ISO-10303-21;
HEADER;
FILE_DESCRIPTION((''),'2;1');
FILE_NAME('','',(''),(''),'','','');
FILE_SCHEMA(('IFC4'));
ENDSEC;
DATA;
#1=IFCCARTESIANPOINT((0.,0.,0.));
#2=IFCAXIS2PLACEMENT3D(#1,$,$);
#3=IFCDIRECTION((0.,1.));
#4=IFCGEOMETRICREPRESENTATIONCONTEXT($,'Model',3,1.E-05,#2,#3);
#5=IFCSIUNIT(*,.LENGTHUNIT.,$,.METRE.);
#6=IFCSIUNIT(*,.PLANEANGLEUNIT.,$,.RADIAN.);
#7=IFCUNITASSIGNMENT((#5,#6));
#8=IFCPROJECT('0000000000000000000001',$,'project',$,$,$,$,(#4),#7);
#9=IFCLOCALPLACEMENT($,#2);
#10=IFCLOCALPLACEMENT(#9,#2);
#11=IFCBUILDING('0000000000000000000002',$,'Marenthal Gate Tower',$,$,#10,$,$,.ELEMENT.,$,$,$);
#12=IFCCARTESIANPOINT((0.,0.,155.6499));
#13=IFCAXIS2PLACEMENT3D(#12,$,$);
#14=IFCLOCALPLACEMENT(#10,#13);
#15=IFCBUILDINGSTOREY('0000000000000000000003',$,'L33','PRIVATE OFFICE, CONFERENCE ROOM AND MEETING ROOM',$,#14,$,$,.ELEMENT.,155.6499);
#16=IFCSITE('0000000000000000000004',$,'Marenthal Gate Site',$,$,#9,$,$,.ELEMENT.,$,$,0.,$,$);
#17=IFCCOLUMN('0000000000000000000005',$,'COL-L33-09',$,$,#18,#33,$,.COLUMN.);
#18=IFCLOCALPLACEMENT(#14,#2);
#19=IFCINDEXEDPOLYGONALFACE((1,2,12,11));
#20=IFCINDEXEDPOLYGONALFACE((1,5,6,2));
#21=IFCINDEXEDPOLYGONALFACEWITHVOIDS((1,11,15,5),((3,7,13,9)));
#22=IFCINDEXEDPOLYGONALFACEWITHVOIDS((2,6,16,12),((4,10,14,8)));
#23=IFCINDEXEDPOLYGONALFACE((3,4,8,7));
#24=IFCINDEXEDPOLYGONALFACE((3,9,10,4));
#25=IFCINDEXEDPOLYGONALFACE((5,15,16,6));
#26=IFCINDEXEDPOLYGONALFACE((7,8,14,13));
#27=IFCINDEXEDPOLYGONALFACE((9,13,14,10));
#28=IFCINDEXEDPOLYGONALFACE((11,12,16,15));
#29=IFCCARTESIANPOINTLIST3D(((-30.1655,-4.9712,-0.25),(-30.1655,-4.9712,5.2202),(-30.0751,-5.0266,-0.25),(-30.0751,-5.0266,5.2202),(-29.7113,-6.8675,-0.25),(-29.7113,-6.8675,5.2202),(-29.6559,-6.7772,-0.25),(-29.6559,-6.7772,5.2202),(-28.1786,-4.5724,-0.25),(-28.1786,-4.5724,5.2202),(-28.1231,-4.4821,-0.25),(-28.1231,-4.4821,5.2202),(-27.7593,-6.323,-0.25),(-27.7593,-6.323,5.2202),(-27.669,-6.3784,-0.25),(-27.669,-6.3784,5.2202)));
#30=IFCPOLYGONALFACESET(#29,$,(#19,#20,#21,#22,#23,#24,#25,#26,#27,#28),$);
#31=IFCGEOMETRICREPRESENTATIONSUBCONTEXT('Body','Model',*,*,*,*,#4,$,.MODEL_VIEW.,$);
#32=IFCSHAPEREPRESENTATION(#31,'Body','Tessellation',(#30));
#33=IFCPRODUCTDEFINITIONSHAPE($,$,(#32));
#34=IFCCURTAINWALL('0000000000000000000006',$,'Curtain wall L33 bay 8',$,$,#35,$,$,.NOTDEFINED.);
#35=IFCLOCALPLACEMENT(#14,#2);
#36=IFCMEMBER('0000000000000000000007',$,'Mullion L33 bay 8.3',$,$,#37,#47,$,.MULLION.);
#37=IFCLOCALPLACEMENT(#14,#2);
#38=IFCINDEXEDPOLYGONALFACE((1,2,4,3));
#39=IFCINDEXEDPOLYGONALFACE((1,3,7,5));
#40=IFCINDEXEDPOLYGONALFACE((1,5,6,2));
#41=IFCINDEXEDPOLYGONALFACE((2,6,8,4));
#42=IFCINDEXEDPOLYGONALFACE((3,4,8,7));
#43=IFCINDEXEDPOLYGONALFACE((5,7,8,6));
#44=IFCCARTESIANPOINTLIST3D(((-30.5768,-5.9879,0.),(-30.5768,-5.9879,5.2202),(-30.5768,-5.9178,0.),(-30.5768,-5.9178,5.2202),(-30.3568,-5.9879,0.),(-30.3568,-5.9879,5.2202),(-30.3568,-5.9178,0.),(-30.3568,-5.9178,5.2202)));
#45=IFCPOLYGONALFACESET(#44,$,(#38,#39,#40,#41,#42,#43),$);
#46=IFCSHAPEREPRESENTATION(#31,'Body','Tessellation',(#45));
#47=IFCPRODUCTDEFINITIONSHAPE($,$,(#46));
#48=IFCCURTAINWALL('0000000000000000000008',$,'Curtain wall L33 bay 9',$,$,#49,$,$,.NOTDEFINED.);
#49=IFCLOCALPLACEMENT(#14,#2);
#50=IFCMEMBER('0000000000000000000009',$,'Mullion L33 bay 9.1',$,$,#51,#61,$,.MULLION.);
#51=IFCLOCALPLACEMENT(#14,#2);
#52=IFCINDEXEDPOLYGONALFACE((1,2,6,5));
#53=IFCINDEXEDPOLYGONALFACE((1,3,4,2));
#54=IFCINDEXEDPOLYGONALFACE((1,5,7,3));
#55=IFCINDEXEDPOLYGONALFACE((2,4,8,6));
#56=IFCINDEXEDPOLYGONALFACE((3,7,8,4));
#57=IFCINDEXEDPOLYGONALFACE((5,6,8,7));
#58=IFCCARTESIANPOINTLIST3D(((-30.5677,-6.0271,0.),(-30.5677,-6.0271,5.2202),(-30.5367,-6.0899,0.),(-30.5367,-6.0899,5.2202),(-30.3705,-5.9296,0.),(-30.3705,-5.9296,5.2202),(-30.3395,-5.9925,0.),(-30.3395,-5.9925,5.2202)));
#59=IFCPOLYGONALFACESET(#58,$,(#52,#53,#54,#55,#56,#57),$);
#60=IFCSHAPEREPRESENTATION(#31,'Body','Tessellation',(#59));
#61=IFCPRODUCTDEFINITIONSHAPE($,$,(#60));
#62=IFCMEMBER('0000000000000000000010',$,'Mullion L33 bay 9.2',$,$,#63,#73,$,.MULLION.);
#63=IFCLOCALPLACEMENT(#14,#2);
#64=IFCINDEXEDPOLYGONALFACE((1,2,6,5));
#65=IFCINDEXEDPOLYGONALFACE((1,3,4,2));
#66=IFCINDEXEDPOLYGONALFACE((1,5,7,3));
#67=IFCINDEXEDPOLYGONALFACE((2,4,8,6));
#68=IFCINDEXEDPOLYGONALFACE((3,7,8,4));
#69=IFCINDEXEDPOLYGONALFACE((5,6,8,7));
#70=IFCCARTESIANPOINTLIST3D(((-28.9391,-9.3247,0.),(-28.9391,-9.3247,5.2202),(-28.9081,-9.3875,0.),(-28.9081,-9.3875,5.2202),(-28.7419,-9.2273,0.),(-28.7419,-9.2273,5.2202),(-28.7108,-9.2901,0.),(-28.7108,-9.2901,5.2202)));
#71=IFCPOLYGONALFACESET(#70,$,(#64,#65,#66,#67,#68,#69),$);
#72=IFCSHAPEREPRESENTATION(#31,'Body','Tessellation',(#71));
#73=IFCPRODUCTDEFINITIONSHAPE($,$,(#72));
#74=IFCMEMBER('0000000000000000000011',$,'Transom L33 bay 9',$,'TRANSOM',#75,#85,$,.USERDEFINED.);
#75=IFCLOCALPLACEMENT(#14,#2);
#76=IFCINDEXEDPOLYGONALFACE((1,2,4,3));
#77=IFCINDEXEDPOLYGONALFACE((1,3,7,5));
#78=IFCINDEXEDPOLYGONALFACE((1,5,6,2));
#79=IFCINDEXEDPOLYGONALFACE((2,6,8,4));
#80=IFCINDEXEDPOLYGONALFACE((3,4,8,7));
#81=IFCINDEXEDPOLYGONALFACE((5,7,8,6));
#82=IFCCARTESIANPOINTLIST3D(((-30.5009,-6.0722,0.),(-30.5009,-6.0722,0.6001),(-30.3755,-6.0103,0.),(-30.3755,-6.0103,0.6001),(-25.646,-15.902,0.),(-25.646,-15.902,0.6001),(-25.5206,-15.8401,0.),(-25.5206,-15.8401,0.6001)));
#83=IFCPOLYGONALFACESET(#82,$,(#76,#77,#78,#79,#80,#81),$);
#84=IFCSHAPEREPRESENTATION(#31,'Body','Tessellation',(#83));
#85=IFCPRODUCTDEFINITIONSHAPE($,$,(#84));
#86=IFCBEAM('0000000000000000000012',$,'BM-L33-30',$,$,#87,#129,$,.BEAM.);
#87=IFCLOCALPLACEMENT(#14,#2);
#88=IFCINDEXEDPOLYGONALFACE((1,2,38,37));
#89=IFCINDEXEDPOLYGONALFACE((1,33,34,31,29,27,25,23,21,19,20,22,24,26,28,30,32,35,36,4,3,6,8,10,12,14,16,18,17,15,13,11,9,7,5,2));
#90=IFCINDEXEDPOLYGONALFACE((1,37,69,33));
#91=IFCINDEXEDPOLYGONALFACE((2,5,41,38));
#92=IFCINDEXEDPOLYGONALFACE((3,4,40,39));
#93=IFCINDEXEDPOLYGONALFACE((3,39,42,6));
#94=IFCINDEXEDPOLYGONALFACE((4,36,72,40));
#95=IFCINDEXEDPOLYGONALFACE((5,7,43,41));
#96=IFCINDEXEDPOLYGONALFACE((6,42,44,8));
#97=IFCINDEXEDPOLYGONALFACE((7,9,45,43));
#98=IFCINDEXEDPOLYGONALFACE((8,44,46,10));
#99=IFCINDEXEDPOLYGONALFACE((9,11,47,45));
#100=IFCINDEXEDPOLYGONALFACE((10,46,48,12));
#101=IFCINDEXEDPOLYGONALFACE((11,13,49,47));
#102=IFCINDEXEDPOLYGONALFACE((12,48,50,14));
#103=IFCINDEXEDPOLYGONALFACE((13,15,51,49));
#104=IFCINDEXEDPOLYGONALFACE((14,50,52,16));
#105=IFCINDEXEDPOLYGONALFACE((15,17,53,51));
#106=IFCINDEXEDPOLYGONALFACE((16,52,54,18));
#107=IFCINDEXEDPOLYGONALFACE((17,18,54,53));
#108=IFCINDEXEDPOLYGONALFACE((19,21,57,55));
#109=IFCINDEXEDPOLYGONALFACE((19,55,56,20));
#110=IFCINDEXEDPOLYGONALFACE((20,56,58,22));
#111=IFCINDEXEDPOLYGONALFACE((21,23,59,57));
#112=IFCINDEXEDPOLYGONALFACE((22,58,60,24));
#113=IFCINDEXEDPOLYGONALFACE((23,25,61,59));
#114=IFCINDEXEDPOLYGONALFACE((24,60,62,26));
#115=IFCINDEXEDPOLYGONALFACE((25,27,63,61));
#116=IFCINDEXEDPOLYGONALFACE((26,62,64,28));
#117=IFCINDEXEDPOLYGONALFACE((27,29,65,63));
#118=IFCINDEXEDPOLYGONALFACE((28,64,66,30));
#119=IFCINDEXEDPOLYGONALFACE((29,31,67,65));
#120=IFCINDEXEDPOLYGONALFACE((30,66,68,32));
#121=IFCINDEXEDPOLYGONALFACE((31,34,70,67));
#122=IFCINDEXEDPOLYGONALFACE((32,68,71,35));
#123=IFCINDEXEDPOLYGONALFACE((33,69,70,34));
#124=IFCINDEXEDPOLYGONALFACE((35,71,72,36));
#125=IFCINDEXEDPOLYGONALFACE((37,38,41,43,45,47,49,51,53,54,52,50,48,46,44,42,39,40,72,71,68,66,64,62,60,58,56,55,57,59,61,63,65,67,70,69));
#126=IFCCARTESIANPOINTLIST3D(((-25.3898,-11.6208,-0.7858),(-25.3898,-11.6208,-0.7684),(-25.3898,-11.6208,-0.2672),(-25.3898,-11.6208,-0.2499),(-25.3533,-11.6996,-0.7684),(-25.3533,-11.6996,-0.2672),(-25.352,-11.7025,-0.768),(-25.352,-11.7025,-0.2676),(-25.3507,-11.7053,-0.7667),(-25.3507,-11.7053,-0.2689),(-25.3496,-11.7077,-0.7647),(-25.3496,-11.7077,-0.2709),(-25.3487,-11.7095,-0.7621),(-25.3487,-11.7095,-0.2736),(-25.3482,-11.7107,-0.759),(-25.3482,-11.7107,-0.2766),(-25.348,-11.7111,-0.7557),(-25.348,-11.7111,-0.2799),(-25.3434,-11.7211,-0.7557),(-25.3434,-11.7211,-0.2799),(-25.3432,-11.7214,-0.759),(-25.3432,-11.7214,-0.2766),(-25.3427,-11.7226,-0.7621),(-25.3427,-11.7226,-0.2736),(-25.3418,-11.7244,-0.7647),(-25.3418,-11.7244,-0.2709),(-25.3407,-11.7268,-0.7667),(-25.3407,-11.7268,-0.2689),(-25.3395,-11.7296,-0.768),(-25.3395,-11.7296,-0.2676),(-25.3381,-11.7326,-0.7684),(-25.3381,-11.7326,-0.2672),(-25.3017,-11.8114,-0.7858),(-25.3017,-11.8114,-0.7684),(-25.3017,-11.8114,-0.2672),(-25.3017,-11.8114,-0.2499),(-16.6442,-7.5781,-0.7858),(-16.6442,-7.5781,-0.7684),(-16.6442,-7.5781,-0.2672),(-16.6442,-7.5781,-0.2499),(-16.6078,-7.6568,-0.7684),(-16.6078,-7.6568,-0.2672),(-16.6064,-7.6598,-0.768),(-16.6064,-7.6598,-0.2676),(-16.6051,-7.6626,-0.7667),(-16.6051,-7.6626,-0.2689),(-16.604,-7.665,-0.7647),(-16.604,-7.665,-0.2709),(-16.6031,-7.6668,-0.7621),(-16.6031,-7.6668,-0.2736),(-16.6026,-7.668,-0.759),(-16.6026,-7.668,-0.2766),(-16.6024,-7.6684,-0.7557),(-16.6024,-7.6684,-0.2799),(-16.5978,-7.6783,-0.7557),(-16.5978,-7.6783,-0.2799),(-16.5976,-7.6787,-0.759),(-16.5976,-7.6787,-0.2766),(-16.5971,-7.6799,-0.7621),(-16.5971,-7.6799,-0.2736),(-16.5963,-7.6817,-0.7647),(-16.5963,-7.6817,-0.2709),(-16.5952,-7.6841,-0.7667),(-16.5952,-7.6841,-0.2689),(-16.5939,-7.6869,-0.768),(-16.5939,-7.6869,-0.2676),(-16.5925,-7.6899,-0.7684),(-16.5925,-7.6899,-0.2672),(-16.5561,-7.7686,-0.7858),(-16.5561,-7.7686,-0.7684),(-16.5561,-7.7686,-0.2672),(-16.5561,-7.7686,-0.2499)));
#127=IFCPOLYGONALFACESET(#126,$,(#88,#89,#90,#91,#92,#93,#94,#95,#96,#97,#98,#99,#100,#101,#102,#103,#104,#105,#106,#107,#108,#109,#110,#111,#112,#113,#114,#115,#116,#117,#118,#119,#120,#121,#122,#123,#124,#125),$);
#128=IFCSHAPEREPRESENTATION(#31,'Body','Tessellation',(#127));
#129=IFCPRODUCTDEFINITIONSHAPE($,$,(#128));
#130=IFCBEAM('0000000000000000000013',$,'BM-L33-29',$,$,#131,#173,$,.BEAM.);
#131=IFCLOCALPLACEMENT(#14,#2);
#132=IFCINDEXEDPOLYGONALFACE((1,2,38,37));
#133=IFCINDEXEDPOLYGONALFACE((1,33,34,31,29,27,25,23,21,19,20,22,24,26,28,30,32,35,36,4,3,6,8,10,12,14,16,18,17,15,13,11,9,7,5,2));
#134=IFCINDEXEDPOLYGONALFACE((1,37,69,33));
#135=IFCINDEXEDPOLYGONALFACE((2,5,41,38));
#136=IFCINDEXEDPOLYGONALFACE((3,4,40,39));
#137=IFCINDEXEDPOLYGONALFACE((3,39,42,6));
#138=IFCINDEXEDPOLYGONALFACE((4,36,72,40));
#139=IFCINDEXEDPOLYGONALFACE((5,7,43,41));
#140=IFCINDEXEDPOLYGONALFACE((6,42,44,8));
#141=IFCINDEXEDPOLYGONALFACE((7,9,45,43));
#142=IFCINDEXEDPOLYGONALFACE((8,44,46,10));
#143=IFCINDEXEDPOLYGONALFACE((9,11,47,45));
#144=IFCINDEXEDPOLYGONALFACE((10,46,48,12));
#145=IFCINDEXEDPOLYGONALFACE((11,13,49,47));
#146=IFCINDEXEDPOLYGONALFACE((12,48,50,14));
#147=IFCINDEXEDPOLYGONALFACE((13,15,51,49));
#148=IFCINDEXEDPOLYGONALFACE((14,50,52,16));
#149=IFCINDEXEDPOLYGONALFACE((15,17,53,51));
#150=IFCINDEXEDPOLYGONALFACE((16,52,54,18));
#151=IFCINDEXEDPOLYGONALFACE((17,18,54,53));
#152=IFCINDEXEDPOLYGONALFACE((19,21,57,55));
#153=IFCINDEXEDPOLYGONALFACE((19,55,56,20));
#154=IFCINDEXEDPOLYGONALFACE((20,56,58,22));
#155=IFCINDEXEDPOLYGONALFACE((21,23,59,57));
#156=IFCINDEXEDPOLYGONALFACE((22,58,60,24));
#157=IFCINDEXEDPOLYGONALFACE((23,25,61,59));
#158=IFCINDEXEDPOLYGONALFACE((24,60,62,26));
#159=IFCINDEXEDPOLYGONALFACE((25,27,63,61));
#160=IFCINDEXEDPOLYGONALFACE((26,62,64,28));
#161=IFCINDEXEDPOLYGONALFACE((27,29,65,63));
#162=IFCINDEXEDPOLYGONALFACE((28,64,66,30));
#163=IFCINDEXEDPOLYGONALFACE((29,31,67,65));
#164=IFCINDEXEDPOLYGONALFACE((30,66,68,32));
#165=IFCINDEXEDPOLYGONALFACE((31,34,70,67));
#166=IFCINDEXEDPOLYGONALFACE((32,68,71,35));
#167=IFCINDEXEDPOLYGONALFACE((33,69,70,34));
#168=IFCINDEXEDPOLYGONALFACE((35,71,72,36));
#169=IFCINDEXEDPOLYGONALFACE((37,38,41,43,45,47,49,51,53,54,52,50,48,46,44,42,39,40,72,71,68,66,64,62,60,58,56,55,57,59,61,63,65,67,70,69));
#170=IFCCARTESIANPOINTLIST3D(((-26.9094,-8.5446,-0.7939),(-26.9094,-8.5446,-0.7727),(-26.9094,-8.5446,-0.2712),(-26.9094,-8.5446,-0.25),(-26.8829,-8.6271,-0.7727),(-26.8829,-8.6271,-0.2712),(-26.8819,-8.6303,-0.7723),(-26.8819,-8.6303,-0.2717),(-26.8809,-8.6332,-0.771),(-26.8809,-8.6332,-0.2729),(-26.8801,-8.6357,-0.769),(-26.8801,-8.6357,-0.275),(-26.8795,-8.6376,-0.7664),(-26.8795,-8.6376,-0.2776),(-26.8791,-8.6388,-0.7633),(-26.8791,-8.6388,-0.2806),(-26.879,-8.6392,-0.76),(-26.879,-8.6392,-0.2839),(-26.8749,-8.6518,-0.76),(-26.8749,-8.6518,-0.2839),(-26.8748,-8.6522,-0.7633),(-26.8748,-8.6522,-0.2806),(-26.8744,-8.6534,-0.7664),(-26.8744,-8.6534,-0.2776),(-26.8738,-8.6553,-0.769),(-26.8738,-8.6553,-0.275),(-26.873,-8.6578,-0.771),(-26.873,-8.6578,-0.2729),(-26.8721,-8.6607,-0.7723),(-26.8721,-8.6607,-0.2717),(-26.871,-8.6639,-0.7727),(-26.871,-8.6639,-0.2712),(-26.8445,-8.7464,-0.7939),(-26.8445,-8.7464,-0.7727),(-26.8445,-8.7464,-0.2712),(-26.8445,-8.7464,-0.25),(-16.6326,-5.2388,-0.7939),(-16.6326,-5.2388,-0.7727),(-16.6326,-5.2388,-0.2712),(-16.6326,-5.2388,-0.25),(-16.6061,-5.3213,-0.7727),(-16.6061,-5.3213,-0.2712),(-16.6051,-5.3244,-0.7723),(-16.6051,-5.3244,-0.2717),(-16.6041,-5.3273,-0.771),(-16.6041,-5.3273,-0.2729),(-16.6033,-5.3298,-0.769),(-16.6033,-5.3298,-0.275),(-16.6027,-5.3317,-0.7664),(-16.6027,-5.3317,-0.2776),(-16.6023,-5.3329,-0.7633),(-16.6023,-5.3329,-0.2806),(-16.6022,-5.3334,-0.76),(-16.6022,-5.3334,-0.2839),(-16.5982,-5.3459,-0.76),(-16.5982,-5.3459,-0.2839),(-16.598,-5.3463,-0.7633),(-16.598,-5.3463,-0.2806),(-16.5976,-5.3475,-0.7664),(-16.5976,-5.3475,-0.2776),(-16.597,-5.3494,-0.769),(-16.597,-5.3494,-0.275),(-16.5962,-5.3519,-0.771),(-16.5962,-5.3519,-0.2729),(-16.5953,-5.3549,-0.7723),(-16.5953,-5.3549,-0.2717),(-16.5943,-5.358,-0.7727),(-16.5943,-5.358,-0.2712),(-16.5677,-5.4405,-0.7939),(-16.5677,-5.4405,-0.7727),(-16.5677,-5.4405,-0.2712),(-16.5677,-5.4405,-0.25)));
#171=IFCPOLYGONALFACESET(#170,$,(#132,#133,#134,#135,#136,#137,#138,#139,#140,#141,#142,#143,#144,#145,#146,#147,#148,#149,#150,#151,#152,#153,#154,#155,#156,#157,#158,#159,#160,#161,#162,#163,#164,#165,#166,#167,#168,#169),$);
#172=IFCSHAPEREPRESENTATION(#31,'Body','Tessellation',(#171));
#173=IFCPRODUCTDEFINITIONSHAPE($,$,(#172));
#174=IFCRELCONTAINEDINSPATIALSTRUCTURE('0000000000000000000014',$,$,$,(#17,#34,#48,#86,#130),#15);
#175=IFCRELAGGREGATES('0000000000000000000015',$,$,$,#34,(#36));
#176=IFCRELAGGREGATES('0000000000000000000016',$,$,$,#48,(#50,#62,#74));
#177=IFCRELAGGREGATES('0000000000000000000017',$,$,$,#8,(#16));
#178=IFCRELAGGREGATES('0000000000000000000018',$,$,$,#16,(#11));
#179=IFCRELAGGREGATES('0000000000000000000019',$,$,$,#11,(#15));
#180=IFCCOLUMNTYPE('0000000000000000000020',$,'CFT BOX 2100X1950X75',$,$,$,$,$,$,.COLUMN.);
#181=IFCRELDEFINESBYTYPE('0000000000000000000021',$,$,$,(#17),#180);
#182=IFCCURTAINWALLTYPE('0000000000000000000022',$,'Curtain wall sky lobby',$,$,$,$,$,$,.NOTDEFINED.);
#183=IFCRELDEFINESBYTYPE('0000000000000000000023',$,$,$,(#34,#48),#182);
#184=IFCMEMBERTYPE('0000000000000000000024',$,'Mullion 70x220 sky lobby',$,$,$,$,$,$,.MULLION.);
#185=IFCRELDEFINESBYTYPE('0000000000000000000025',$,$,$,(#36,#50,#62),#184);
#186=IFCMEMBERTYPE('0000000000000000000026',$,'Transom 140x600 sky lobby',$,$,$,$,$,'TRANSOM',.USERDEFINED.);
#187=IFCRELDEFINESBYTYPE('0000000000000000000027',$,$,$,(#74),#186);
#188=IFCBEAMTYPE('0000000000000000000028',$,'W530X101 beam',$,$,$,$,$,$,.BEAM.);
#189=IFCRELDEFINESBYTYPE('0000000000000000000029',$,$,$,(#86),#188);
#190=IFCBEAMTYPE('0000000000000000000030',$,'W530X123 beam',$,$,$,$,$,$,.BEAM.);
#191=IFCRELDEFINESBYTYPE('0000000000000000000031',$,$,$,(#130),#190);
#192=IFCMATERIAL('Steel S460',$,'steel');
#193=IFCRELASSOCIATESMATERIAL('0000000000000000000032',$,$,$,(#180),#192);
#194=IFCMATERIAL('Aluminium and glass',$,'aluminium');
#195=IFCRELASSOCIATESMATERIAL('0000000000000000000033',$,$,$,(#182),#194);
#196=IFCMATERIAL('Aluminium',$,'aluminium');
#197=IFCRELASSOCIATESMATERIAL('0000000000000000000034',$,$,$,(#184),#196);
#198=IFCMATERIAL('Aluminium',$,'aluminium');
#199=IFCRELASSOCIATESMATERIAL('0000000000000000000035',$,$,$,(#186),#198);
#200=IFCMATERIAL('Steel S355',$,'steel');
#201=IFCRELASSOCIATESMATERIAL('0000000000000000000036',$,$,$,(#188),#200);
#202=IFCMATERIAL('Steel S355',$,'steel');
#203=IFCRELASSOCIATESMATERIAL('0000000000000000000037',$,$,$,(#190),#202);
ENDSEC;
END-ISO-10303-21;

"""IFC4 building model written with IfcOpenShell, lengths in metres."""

from ifc_helpers import new_model, si_unit, direction, frame, origin, origin_2d, place, context, subcontext, project, spatial, rectangle, hollow_rectangle, i_section, extrude, material, material_profile, profile_set, type_object, element, aggregate, save


model = new_model("IFC4")

# Units and contexts
model_context = context("Model", 3, precision=1e-05, world=origin(), true_north=direction((0.0, 1.0)))
body_context = subcontext(model_context, "Body", "Model", "MODEL_VIEW")
ifc_project = project(units=[si_unit("LENGTHUNIT", "METRE"), si_unit("PLANEANGLEUNIT", "RADIAN")], contexts=[model_context])

# Site, building, storey
site_placement = place(None, origin())
site = spatial("IfcSite", under=ifc_project, at=site_placement, Name="Marenthal Gate Site", CompositionType="ELEMENT", RefElevation=0.0)
building_placement = place(site_placement, origin())
building = spatial("IfcBuilding", under=site, at=building_placement, Name="Marenthal Gate Tower", CompositionType="ELEMENT")
storey_placement = place(building_placement, frame((0.0, 0.0, 155.6499)))
storey = spatial("IfcBuildingStorey", under=building, at=storey_placement, Name="L33", Description="PRIVATE OFFICE, CONFERENCE ROOM AND MEETING ROOM", CompositionType="ELEMENT", Elevation=155.6499)

# Column
ifc_material_1 = material(Name="Steel S460", Category="steel")
ifc_material_profile_1 = material_profile(ifc_material_1, hollow_rectangle(XDim=1.95, YDim=2.1001, WallThickness=0.075, at=origin_2d()), Name="CFT BOX 2100X1950X75")
ifc_material_2 = material(Name="Concrete 70 MPa", Category="concrete")
ifc_material_profile_2 = material_profile(ifc_material_2, rectangle(XDim=1.8, YDim=1.95, at=origin_2d()), Name="CFT BOX 2100X1950X75 INFILL")
ifc_profile_set_1 = profile_set([ifc_material_profile_1, ifc_material_profile_2], Name="Steel S460 shell, Concrete 70 MPa infill")
column_type = type_object("IfcColumnType", Name="CFT BOX 2100X1950X75", PredefinedType="COLUMN", material=ifc_profile_set_1)
column_placement = place(storey_placement, frame((-28.9172, -5.6748, -0.25), z_axis=(0.0, 0.0, 1.0), x_axis=(-0.232909, 0.972499, 0.0)))
element("IfcColumn", 1, at=column_placement, inside=storey, type_object=column_type, Name="COL-L33-09", PredefinedType="COLUMN", context=body_context, shape_type="SweptSolid", body=[
    extrude(hollow_rectangle(XDim=1.95, YDim=2.1001, WallThickness=0.075, at=origin_2d()), origin(), (0.0, 0.0, 1.0), 5.4702),
])

# Curtain wall, member
ifc_material_3 = material(Name="Aluminium and glass", Category="aluminium")
curtain_wall_type = type_object("IfcCurtainWallType", Name="Curtain wall sky lobby", PredefinedType="NOTDEFINED", material=ifc_material_3)
curtain_wall_1_placement = place(storey_placement, origin())
curtain_wall_1 = element("IfcCurtainWall", 2, at=curtain_wall_1_placement, inside=storey, type_object=curtain_wall_type, Name="Curtain wall L33 bay 8", PredefinedType="NOTDEFINED")
ifc_material_4 = material(Name="Aluminium", Category="aluminium")
ifc_material_profile_3 = material_profile(ifc_material_4, rectangle(XDim=0.22, YDim=0.0701, at=origin_2d()), Name="70x220 aluminium mullion")
ifc_profile_set_2 = profile_set([ifc_material_profile_3], Name="Aluminium")
member_type_1 = type_object("IfcMemberType", Name="Mullion 70x220 sky lobby", PredefinedType="MULLION", material=ifc_profile_set_2)
member_1_placement = place(storey_placement, frame((-30.4668, -5.9529, 0.0), z_axis=(0.0, 0.0, 1.0), x_axis=(1.0, 0.0, 0.0)))
member_1 = element("IfcMember", 3, at=member_1_placement, type_object=member_type_1, Name="Mullion L33 bay 8.3", PredefinedType="MULLION", context=body_context, shape_type="SweptSolid", body=[
    extrude(rectangle(XDim=0.22, YDim=0.0701, at=origin_2d()), origin(), (0.0, 0.0, 1.0), 5.2202),
])

# Curtain wall, members
curtain_wall_2_placement = place(storey_placement, origin())
curtain_wall_2 = element("IfcCurtainWall", 4, at=curtain_wall_2_placement, inside=storey, type_object=curtain_wall_type, Name="Curtain wall L33 bay 9", PredefinedType="NOTDEFINED")
member_2_placement = place(storey_placement, frame((-30.4536, -6.0098, 0.0), z_axis=(0.0, 0.0, 1.0), x_axis=(0.896609, 0.442824, 0.0)))
member_2 = element("IfcMember", 5, at=member_2_placement, type_object=member_type_1, Name="Mullion L33 bay 9.1", PredefinedType="MULLION", context=body_context, shape_type="SweptSolid", body=[
    extrude(rectangle(XDim=0.22, YDim=0.0701, at=origin_2d()), origin(), (0.0, 0.0, 1.0), 5.2202),
])
member_3_placement = place(storey_placement, frame((-28.825, -9.3074, 0.0), z_axis=(0.0, 0.0, 1.0), x_axis=(0.896609, 0.442824, 0.0)))
member_3 = element("IfcMember", 6, at=member_3_placement, type_object=member_type_1, Name="Mullion L33 bay 9.2", PredefinedType="MULLION", context=body_context, shape_type="SweptSolid", body=[
    extrude(rectangle(XDim=0.22, YDim=0.0701, at=origin_2d()), origin(), (0.0, 0.0, 1.0), 5.2202),
])
ifc_material_5 = material(Name="Aluminium", Category="aluminium")
ifc_material_profile_4 = material_profile(ifc_material_5, rectangle(XDim=0.1399, YDim=0.6001, at=origin_2d()), Name="140x600 aluminium transom")
ifc_profile_set_3 = profile_set([ifc_material_profile_4], Name="Aluminium")
member_type_2 = type_object("IfcMemberType", Name="Transom 140x600 sky lobby", ElementType="TRANSOM", PredefinedType="USERDEFINED", material=ifc_profile_set_3)
member_4_placement = place(storey_placement, frame((-30.4382, -6.0413, 0.3), z_axis=(0.442835, -0.896603, 0.0), x_axis=(0.896603, 0.442835, 0.0)))
member_4 = element("IfcMember", 7, at=member_4_placement, type_object=member_type_2, Name="Transom L33 bay 9", ObjectType="TRANSOM", PredefinedType="USERDEFINED", context=body_context, shape_type="SweptSolid", body=[
    extrude(rectangle(XDim=0.1399, YDim=0.6001, at=origin_2d()), origin(), (0.0, 0.0, 1.0), 10.9634),
])

# Beams
ifc_material_6 = material(Name="Steel S355", Category="steel")
ifc_material_profile_5 = material_profile(ifc_material_6, i_section(OverallWidth=0.21, OverallDepth=0.5359, WebThickness=0.011, FlangeThickness=0.0173, FilletRadius=0.0127, at=origin_2d()), Name="W530X101")
ifc_profile_set_4 = profile_set([ifc_material_profile_5], Name="Steel S355")
beam_type_1 = type_object("IfcBeamType", Name="W530X101 beam", PredefinedType="BEAM", material=ifc_profile_set_4)
beam_1_placement = place(storey_placement, frame((-25.3457, -11.7161, -0.5178), z_axis=(0.907711, 0.419596, 0.0), x_axis=(-0.419596, 0.907711, 0.0)))
element("IfcBeam", 8, at=beam_1_placement, inside=storey, type_object=beam_type_1, Name="BM-L33-30", PredefinedType="BEAM", context=body_context, shape_type="SweptSolid", body=[
    extrude(i_section(OverallWidth=0.21, OverallDepth=0.5359, WebThickness=0.011, FlangeThickness=0.0173, FilletRadius=0.0127, at=origin_2d()), origin(), (0.0, 0.0, 1.0), 9.6348),
])
ifc_material_7 = material(Name="Steel S355", Category="steel")
ifc_material_profile_6 = material_profile(ifc_material_7, i_section(OverallWidth=0.2119, OverallDepth=0.5439, WebThickness=0.0132, FlangeThickness=0.0212, FilletRadius=0.0127, at=origin_2d()), Name="W530X123")
ifc_profile_set_5 = profile_set([ifc_material_profile_6], Name="Steel S355")
beam_type_2 = type_object("IfcBeamType", Name="W530X123 beam", PredefinedType="BEAM", material=ifc_profile_set_5)
beam_2_placement = place(storey_placement, frame((-26.877, -8.6455, -0.522), z_axis=(0.951957, 0.30623, 0.0), x_axis=(-0.30623, 0.951957, 0.0)))
element("IfcBeam", 9, at=beam_2_placement, inside=storey, type_object=beam_type_2, Name="BM-L33-29", PredefinedType="BEAM", context=body_context, shape_type="SweptSolid", body=[
    extrude(i_section(OverallWidth=0.2119, OverallDepth=0.5439, WebThickness=0.0132, FlangeThickness=0.0212, FilletRadius=0.0127, at=origin_2d()), origin(), (0.0, 0.0, 1.0), 10.7954),
])

aggregate(curtain_wall_1, [member_1])
aggregate(curtain_wall_2, [member_2, member_3, member_4])

save(model, "model.ifc")
